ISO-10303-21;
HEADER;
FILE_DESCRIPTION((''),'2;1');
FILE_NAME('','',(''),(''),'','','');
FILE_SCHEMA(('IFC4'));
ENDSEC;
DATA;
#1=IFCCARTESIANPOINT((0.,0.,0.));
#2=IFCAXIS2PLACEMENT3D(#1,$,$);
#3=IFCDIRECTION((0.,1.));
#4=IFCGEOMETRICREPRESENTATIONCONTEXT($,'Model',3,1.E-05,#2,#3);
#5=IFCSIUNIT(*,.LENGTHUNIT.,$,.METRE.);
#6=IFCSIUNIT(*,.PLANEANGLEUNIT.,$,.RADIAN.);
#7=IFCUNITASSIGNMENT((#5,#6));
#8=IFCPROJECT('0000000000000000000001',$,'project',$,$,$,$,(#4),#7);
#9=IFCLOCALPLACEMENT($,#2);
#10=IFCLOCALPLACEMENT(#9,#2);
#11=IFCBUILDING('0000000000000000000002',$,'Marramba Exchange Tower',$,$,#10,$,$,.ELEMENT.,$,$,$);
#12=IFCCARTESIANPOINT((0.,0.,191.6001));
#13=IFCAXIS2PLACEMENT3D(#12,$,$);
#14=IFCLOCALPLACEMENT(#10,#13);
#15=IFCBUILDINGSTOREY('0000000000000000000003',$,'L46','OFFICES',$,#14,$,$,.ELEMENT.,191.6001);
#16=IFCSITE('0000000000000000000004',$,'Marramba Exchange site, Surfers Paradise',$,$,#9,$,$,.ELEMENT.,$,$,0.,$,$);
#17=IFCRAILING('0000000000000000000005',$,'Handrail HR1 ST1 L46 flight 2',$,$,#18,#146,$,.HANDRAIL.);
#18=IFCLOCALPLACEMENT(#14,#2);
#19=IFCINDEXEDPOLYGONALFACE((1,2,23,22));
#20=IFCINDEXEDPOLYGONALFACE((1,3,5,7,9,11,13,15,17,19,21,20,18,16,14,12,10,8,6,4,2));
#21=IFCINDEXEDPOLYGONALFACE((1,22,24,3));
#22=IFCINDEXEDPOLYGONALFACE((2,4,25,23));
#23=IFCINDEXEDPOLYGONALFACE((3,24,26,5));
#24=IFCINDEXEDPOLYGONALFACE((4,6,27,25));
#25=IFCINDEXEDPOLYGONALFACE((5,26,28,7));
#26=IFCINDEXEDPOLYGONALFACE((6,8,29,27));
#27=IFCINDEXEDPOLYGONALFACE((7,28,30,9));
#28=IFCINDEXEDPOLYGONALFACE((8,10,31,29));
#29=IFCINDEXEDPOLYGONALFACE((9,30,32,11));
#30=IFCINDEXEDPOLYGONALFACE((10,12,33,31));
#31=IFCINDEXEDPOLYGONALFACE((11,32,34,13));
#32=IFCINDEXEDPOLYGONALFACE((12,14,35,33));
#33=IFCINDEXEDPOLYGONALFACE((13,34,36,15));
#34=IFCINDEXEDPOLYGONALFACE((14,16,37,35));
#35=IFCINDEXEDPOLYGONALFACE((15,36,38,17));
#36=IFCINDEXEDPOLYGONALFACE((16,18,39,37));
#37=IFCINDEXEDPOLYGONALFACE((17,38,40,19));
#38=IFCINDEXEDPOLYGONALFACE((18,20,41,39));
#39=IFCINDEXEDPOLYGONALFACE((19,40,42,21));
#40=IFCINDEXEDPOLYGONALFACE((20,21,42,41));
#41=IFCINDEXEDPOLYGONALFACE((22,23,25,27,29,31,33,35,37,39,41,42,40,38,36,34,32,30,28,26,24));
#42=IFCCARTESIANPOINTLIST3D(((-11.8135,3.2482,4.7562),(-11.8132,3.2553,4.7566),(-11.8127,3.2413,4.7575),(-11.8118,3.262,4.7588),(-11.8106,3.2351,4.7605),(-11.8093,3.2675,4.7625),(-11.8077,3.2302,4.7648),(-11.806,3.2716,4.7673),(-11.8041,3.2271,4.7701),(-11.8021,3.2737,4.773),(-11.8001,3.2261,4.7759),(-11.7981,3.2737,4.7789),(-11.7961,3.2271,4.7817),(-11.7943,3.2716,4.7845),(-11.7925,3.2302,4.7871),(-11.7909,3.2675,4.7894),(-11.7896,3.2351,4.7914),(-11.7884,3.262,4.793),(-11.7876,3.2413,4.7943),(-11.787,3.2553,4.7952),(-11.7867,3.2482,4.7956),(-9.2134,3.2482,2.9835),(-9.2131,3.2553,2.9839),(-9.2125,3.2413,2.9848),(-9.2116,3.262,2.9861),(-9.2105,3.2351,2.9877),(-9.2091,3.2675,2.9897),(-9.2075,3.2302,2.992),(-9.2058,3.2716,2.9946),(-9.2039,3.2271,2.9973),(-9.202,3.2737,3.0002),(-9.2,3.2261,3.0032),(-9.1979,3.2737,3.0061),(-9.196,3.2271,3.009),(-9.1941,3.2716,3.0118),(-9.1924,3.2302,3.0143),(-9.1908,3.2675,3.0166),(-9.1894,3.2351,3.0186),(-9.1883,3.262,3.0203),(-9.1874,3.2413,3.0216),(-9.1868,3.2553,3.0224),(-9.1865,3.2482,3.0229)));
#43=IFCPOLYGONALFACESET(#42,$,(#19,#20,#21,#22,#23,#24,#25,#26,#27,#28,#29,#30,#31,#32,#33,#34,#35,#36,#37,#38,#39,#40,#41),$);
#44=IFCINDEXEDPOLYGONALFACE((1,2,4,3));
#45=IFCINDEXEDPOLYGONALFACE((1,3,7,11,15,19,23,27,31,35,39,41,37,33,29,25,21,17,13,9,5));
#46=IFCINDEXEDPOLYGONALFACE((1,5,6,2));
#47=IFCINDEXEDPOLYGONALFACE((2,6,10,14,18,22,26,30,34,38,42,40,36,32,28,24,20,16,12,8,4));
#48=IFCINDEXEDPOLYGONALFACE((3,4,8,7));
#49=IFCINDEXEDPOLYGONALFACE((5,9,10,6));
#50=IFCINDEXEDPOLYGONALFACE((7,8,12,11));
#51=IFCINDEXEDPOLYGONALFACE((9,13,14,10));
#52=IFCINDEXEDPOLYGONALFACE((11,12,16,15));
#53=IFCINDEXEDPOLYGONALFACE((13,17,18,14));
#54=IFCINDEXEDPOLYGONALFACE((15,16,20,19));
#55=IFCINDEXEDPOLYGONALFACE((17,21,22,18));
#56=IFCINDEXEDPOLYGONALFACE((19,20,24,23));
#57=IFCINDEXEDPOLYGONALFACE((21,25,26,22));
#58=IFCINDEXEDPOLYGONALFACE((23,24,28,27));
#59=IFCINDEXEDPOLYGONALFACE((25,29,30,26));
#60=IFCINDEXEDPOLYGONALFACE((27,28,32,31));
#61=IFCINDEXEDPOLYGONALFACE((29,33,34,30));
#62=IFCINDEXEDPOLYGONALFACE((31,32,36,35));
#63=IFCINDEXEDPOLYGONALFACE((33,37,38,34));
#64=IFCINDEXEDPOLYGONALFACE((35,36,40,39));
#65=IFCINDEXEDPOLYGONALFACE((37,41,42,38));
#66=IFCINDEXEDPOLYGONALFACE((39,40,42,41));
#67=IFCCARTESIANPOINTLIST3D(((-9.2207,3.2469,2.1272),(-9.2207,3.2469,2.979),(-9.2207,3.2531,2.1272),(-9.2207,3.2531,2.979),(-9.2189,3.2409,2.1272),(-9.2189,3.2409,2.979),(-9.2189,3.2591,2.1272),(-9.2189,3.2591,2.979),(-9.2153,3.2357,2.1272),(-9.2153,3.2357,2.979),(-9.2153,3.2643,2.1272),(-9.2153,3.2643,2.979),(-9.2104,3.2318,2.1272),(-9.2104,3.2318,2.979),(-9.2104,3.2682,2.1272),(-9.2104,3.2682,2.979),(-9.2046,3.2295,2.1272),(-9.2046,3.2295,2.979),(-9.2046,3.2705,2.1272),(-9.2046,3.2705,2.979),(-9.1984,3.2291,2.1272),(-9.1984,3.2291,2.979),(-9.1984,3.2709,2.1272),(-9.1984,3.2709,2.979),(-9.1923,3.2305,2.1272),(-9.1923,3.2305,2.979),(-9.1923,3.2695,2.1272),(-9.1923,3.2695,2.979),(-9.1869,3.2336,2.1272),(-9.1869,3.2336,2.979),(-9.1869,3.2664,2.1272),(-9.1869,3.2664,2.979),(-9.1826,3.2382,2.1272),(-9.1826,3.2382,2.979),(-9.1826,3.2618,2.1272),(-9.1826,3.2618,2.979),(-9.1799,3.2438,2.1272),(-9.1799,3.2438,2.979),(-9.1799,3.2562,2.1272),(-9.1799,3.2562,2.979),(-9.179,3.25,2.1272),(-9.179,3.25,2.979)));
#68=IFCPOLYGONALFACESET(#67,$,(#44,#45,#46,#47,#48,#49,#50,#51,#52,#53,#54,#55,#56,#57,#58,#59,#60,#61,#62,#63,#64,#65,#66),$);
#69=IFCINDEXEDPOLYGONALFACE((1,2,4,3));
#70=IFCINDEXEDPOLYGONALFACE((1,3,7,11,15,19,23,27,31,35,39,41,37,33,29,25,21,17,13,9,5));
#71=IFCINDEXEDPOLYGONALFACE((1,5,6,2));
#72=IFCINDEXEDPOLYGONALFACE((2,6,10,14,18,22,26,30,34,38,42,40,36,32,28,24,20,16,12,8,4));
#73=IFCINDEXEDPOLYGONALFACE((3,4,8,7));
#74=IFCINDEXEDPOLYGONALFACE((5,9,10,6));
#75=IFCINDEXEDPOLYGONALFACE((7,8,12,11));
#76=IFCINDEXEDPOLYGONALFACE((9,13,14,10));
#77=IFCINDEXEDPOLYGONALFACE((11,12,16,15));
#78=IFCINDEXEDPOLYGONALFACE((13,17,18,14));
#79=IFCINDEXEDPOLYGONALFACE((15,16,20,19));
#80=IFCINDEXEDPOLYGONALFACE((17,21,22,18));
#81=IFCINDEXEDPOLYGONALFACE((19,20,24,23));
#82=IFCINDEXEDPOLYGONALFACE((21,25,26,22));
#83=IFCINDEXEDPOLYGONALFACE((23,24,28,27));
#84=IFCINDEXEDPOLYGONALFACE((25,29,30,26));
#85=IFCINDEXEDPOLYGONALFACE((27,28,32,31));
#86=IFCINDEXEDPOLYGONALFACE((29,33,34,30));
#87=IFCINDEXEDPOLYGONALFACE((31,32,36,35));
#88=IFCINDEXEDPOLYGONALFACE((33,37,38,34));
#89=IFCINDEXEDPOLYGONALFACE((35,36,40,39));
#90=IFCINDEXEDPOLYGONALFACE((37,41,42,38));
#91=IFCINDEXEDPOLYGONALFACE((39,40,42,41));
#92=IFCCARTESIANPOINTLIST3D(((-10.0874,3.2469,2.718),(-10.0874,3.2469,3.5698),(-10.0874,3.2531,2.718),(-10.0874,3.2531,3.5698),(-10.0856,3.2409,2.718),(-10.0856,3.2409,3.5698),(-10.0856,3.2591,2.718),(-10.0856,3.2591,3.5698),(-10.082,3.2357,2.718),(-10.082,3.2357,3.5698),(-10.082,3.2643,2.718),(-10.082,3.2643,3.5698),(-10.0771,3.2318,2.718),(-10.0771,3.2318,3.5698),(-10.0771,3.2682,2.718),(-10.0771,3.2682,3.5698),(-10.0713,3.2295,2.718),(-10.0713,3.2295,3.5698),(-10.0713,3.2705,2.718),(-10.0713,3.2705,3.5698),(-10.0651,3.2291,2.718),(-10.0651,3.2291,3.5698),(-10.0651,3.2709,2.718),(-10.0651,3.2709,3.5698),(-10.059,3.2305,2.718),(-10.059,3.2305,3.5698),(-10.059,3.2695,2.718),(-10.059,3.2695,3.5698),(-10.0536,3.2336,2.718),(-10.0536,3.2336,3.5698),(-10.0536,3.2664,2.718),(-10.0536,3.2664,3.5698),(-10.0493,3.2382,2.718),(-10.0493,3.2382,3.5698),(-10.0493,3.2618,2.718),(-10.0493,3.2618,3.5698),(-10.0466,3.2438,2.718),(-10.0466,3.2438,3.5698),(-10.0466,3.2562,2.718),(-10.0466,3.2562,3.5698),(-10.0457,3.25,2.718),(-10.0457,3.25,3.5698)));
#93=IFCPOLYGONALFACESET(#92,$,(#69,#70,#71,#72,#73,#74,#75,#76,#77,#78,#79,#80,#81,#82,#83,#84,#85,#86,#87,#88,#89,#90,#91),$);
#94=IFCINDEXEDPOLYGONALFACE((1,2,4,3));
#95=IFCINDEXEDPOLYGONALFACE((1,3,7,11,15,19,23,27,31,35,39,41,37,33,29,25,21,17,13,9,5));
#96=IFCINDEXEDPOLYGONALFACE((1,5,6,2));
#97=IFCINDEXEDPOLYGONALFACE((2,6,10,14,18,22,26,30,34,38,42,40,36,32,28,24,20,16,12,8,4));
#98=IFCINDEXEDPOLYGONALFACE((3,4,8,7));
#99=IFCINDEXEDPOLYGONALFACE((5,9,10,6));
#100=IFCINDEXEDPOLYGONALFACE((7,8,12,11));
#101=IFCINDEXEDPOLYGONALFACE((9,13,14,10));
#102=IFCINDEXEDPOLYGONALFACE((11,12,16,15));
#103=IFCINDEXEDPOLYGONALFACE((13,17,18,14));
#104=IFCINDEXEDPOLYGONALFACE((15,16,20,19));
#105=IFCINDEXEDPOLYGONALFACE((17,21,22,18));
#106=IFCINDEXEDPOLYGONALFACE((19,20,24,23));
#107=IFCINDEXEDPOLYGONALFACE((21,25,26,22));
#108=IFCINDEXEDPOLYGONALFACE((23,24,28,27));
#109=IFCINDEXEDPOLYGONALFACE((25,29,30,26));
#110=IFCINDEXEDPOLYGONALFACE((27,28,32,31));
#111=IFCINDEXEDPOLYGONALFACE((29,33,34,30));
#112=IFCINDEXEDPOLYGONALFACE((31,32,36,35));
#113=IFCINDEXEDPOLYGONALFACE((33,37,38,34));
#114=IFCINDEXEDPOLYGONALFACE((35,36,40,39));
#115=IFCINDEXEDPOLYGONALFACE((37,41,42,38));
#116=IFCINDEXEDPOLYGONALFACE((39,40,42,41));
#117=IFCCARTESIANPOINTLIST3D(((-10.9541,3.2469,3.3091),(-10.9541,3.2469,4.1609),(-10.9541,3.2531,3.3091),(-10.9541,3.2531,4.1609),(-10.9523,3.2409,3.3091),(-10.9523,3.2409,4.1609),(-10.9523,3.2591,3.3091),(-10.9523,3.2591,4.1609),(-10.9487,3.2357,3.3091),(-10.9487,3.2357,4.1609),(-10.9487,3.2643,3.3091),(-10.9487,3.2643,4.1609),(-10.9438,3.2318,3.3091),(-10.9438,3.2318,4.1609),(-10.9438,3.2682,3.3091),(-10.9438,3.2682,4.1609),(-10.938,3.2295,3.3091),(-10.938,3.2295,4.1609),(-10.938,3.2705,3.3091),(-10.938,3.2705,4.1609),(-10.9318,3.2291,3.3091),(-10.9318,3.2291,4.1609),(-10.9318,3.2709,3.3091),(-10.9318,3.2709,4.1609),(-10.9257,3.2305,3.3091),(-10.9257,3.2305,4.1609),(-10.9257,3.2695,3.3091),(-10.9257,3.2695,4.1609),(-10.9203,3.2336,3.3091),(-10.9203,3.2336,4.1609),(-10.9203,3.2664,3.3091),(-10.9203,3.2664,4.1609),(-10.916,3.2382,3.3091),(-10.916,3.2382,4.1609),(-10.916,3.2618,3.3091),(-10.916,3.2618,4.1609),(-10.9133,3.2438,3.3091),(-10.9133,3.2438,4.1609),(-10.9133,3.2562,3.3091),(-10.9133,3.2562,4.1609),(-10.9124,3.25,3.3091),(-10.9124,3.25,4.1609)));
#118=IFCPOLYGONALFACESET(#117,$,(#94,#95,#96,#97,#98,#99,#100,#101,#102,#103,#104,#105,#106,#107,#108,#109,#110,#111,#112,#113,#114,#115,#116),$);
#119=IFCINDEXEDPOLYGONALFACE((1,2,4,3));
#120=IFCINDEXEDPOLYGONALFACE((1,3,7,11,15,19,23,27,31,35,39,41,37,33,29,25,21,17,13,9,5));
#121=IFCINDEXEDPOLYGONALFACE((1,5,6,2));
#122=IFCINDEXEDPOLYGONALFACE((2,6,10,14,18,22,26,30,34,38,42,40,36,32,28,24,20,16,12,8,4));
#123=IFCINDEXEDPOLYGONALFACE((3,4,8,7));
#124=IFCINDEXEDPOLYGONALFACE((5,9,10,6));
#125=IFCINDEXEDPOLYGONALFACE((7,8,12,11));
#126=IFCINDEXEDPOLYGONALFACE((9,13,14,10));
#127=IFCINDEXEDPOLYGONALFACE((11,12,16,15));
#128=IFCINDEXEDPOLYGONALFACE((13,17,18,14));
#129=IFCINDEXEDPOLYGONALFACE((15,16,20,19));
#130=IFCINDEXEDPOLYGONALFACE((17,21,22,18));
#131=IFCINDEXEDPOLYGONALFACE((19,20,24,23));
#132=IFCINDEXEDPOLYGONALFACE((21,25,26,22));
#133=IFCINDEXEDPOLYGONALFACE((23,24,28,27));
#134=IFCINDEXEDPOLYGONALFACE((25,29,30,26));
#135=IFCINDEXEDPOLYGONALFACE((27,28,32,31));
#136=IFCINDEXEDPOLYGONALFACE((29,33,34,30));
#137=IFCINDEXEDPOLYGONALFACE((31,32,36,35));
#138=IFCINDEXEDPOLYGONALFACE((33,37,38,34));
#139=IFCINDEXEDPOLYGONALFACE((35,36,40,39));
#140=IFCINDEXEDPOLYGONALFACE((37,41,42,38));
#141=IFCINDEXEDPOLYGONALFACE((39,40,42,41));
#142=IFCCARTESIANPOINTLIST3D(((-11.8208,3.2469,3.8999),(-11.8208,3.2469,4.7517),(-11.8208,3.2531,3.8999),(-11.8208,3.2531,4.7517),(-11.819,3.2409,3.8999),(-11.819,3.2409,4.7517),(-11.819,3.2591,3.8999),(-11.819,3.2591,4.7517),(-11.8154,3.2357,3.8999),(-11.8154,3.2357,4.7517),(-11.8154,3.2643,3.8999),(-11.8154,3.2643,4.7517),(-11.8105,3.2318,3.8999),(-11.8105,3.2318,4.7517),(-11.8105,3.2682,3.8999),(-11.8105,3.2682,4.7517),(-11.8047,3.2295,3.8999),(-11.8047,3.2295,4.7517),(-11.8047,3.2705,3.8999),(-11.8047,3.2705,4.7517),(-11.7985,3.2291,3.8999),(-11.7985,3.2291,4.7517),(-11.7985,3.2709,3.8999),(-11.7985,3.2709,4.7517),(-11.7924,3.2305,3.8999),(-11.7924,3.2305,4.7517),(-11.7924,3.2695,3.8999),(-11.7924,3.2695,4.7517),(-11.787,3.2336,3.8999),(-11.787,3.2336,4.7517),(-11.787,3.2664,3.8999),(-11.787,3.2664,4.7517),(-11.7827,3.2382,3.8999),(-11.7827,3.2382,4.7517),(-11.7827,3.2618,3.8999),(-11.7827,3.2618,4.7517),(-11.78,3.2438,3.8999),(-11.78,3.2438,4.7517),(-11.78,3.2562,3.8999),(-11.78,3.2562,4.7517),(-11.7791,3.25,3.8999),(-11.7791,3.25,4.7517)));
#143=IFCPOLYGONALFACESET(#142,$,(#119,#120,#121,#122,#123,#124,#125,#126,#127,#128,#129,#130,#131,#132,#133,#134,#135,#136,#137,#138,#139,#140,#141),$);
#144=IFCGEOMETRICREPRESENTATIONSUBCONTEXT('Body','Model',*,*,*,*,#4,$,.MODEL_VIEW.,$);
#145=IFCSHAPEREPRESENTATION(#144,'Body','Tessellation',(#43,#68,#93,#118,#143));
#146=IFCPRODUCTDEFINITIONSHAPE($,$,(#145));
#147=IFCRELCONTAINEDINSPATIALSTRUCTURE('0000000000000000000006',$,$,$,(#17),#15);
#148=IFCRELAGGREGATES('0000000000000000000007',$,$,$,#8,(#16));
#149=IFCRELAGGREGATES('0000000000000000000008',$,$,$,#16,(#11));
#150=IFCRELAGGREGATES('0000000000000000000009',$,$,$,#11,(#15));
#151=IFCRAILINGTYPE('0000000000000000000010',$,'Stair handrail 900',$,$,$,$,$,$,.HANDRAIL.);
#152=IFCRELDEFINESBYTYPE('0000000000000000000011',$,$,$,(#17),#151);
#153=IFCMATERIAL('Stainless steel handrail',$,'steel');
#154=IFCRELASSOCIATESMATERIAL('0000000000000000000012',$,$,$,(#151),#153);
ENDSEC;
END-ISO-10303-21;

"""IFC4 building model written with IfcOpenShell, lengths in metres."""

from ifc_helpers import new_model, si_unit, direction, frame, origin, origin_2d, place, context, subcontext, project, spatial, circle, extrude, material, type_object, element, save


model = new_model("IFC4")

# Units and contexts
model_context = context("Model", 3, precision=1e-05, world=origin(), true_north=direction((0.0, 1.0)))
body_context = subcontext(model_context, "Body", "Model", "MODEL_VIEW")
ifc_project = project(units=[si_unit("LENGTHUNIT", "METRE"), si_unit("PLANEANGLEUNIT", "RADIAN")], contexts=[model_context])

# Site, building, storey
site_placement = place(None, origin())
site = spatial("IfcSite", under=ifc_project, at=site_placement, Name="Marramba Exchange site, Surfers Paradise", CompositionType="ELEMENT", RefElevation=0.0)
building_placement = place(site_placement, origin())
building = spatial("IfcBuilding", under=site, at=building_placement, Name="Marramba Exchange Tower", CompositionType="ELEMENT")
storey_placement = place(building_placement, frame((0.0, 0.0, 191.6001)))
storey = spatial("IfcBuildingStorey", under=building, at=storey_placement, Name="L46", Description="OFFICES", CompositionType="ELEMENT", Elevation=191.6001)

# Railing
ifc_material_1 = material(Name="Stainless steel handrail", Category="steel")
railing_type = type_object("IfcRailingType", Name="Stair handrail 900", PredefinedType="HANDRAIL", material=ifc_material_1)
railing_placement = place(storey_placement, frame((-9.2, 3.25, 2.1272)))
element("IfcRailing", 1, at=railing_placement, inside=storey, type_object=railing_type, Name="Handrail HR1 ST1 L46 flight 2", PredefinedType="HANDRAIL", context=body_context, shape_type="SweptSolid", body=[
    extrude(circle(Radius=0.0239, at=origin_2d()), frame((0.0, 0.0, 0.876), z_axis=(-0.82624, 0.0, 0.563318), x_axis=(0.0, -1.0, 0.0)), (0.0, 0.0, 1.0), 3.147),
    extrude(circle(Radius=0.021, at=origin_2d()), origin(), (0.0, 0.0, 1.0), 0.8518),
    extrude(circle(Radius=0.021, at=origin_2d()), frame((-0.8667, 0.0, 0.5908)), (0.0, 0.0, 1.0), 0.8518),
    extrude(circle(Radius=0.021, at=origin_2d()), frame((-1.7334, 0.0, 1.1819)), (0.0, 0.0, 1.0), 0.8518),
    extrude(circle(Radius=0.021, at=origin_2d()), frame((-2.6001, 0.0, 1.7727)), (0.0, 0.0, 1.0), 0.8518),
])

save(model, "model.ifc")
